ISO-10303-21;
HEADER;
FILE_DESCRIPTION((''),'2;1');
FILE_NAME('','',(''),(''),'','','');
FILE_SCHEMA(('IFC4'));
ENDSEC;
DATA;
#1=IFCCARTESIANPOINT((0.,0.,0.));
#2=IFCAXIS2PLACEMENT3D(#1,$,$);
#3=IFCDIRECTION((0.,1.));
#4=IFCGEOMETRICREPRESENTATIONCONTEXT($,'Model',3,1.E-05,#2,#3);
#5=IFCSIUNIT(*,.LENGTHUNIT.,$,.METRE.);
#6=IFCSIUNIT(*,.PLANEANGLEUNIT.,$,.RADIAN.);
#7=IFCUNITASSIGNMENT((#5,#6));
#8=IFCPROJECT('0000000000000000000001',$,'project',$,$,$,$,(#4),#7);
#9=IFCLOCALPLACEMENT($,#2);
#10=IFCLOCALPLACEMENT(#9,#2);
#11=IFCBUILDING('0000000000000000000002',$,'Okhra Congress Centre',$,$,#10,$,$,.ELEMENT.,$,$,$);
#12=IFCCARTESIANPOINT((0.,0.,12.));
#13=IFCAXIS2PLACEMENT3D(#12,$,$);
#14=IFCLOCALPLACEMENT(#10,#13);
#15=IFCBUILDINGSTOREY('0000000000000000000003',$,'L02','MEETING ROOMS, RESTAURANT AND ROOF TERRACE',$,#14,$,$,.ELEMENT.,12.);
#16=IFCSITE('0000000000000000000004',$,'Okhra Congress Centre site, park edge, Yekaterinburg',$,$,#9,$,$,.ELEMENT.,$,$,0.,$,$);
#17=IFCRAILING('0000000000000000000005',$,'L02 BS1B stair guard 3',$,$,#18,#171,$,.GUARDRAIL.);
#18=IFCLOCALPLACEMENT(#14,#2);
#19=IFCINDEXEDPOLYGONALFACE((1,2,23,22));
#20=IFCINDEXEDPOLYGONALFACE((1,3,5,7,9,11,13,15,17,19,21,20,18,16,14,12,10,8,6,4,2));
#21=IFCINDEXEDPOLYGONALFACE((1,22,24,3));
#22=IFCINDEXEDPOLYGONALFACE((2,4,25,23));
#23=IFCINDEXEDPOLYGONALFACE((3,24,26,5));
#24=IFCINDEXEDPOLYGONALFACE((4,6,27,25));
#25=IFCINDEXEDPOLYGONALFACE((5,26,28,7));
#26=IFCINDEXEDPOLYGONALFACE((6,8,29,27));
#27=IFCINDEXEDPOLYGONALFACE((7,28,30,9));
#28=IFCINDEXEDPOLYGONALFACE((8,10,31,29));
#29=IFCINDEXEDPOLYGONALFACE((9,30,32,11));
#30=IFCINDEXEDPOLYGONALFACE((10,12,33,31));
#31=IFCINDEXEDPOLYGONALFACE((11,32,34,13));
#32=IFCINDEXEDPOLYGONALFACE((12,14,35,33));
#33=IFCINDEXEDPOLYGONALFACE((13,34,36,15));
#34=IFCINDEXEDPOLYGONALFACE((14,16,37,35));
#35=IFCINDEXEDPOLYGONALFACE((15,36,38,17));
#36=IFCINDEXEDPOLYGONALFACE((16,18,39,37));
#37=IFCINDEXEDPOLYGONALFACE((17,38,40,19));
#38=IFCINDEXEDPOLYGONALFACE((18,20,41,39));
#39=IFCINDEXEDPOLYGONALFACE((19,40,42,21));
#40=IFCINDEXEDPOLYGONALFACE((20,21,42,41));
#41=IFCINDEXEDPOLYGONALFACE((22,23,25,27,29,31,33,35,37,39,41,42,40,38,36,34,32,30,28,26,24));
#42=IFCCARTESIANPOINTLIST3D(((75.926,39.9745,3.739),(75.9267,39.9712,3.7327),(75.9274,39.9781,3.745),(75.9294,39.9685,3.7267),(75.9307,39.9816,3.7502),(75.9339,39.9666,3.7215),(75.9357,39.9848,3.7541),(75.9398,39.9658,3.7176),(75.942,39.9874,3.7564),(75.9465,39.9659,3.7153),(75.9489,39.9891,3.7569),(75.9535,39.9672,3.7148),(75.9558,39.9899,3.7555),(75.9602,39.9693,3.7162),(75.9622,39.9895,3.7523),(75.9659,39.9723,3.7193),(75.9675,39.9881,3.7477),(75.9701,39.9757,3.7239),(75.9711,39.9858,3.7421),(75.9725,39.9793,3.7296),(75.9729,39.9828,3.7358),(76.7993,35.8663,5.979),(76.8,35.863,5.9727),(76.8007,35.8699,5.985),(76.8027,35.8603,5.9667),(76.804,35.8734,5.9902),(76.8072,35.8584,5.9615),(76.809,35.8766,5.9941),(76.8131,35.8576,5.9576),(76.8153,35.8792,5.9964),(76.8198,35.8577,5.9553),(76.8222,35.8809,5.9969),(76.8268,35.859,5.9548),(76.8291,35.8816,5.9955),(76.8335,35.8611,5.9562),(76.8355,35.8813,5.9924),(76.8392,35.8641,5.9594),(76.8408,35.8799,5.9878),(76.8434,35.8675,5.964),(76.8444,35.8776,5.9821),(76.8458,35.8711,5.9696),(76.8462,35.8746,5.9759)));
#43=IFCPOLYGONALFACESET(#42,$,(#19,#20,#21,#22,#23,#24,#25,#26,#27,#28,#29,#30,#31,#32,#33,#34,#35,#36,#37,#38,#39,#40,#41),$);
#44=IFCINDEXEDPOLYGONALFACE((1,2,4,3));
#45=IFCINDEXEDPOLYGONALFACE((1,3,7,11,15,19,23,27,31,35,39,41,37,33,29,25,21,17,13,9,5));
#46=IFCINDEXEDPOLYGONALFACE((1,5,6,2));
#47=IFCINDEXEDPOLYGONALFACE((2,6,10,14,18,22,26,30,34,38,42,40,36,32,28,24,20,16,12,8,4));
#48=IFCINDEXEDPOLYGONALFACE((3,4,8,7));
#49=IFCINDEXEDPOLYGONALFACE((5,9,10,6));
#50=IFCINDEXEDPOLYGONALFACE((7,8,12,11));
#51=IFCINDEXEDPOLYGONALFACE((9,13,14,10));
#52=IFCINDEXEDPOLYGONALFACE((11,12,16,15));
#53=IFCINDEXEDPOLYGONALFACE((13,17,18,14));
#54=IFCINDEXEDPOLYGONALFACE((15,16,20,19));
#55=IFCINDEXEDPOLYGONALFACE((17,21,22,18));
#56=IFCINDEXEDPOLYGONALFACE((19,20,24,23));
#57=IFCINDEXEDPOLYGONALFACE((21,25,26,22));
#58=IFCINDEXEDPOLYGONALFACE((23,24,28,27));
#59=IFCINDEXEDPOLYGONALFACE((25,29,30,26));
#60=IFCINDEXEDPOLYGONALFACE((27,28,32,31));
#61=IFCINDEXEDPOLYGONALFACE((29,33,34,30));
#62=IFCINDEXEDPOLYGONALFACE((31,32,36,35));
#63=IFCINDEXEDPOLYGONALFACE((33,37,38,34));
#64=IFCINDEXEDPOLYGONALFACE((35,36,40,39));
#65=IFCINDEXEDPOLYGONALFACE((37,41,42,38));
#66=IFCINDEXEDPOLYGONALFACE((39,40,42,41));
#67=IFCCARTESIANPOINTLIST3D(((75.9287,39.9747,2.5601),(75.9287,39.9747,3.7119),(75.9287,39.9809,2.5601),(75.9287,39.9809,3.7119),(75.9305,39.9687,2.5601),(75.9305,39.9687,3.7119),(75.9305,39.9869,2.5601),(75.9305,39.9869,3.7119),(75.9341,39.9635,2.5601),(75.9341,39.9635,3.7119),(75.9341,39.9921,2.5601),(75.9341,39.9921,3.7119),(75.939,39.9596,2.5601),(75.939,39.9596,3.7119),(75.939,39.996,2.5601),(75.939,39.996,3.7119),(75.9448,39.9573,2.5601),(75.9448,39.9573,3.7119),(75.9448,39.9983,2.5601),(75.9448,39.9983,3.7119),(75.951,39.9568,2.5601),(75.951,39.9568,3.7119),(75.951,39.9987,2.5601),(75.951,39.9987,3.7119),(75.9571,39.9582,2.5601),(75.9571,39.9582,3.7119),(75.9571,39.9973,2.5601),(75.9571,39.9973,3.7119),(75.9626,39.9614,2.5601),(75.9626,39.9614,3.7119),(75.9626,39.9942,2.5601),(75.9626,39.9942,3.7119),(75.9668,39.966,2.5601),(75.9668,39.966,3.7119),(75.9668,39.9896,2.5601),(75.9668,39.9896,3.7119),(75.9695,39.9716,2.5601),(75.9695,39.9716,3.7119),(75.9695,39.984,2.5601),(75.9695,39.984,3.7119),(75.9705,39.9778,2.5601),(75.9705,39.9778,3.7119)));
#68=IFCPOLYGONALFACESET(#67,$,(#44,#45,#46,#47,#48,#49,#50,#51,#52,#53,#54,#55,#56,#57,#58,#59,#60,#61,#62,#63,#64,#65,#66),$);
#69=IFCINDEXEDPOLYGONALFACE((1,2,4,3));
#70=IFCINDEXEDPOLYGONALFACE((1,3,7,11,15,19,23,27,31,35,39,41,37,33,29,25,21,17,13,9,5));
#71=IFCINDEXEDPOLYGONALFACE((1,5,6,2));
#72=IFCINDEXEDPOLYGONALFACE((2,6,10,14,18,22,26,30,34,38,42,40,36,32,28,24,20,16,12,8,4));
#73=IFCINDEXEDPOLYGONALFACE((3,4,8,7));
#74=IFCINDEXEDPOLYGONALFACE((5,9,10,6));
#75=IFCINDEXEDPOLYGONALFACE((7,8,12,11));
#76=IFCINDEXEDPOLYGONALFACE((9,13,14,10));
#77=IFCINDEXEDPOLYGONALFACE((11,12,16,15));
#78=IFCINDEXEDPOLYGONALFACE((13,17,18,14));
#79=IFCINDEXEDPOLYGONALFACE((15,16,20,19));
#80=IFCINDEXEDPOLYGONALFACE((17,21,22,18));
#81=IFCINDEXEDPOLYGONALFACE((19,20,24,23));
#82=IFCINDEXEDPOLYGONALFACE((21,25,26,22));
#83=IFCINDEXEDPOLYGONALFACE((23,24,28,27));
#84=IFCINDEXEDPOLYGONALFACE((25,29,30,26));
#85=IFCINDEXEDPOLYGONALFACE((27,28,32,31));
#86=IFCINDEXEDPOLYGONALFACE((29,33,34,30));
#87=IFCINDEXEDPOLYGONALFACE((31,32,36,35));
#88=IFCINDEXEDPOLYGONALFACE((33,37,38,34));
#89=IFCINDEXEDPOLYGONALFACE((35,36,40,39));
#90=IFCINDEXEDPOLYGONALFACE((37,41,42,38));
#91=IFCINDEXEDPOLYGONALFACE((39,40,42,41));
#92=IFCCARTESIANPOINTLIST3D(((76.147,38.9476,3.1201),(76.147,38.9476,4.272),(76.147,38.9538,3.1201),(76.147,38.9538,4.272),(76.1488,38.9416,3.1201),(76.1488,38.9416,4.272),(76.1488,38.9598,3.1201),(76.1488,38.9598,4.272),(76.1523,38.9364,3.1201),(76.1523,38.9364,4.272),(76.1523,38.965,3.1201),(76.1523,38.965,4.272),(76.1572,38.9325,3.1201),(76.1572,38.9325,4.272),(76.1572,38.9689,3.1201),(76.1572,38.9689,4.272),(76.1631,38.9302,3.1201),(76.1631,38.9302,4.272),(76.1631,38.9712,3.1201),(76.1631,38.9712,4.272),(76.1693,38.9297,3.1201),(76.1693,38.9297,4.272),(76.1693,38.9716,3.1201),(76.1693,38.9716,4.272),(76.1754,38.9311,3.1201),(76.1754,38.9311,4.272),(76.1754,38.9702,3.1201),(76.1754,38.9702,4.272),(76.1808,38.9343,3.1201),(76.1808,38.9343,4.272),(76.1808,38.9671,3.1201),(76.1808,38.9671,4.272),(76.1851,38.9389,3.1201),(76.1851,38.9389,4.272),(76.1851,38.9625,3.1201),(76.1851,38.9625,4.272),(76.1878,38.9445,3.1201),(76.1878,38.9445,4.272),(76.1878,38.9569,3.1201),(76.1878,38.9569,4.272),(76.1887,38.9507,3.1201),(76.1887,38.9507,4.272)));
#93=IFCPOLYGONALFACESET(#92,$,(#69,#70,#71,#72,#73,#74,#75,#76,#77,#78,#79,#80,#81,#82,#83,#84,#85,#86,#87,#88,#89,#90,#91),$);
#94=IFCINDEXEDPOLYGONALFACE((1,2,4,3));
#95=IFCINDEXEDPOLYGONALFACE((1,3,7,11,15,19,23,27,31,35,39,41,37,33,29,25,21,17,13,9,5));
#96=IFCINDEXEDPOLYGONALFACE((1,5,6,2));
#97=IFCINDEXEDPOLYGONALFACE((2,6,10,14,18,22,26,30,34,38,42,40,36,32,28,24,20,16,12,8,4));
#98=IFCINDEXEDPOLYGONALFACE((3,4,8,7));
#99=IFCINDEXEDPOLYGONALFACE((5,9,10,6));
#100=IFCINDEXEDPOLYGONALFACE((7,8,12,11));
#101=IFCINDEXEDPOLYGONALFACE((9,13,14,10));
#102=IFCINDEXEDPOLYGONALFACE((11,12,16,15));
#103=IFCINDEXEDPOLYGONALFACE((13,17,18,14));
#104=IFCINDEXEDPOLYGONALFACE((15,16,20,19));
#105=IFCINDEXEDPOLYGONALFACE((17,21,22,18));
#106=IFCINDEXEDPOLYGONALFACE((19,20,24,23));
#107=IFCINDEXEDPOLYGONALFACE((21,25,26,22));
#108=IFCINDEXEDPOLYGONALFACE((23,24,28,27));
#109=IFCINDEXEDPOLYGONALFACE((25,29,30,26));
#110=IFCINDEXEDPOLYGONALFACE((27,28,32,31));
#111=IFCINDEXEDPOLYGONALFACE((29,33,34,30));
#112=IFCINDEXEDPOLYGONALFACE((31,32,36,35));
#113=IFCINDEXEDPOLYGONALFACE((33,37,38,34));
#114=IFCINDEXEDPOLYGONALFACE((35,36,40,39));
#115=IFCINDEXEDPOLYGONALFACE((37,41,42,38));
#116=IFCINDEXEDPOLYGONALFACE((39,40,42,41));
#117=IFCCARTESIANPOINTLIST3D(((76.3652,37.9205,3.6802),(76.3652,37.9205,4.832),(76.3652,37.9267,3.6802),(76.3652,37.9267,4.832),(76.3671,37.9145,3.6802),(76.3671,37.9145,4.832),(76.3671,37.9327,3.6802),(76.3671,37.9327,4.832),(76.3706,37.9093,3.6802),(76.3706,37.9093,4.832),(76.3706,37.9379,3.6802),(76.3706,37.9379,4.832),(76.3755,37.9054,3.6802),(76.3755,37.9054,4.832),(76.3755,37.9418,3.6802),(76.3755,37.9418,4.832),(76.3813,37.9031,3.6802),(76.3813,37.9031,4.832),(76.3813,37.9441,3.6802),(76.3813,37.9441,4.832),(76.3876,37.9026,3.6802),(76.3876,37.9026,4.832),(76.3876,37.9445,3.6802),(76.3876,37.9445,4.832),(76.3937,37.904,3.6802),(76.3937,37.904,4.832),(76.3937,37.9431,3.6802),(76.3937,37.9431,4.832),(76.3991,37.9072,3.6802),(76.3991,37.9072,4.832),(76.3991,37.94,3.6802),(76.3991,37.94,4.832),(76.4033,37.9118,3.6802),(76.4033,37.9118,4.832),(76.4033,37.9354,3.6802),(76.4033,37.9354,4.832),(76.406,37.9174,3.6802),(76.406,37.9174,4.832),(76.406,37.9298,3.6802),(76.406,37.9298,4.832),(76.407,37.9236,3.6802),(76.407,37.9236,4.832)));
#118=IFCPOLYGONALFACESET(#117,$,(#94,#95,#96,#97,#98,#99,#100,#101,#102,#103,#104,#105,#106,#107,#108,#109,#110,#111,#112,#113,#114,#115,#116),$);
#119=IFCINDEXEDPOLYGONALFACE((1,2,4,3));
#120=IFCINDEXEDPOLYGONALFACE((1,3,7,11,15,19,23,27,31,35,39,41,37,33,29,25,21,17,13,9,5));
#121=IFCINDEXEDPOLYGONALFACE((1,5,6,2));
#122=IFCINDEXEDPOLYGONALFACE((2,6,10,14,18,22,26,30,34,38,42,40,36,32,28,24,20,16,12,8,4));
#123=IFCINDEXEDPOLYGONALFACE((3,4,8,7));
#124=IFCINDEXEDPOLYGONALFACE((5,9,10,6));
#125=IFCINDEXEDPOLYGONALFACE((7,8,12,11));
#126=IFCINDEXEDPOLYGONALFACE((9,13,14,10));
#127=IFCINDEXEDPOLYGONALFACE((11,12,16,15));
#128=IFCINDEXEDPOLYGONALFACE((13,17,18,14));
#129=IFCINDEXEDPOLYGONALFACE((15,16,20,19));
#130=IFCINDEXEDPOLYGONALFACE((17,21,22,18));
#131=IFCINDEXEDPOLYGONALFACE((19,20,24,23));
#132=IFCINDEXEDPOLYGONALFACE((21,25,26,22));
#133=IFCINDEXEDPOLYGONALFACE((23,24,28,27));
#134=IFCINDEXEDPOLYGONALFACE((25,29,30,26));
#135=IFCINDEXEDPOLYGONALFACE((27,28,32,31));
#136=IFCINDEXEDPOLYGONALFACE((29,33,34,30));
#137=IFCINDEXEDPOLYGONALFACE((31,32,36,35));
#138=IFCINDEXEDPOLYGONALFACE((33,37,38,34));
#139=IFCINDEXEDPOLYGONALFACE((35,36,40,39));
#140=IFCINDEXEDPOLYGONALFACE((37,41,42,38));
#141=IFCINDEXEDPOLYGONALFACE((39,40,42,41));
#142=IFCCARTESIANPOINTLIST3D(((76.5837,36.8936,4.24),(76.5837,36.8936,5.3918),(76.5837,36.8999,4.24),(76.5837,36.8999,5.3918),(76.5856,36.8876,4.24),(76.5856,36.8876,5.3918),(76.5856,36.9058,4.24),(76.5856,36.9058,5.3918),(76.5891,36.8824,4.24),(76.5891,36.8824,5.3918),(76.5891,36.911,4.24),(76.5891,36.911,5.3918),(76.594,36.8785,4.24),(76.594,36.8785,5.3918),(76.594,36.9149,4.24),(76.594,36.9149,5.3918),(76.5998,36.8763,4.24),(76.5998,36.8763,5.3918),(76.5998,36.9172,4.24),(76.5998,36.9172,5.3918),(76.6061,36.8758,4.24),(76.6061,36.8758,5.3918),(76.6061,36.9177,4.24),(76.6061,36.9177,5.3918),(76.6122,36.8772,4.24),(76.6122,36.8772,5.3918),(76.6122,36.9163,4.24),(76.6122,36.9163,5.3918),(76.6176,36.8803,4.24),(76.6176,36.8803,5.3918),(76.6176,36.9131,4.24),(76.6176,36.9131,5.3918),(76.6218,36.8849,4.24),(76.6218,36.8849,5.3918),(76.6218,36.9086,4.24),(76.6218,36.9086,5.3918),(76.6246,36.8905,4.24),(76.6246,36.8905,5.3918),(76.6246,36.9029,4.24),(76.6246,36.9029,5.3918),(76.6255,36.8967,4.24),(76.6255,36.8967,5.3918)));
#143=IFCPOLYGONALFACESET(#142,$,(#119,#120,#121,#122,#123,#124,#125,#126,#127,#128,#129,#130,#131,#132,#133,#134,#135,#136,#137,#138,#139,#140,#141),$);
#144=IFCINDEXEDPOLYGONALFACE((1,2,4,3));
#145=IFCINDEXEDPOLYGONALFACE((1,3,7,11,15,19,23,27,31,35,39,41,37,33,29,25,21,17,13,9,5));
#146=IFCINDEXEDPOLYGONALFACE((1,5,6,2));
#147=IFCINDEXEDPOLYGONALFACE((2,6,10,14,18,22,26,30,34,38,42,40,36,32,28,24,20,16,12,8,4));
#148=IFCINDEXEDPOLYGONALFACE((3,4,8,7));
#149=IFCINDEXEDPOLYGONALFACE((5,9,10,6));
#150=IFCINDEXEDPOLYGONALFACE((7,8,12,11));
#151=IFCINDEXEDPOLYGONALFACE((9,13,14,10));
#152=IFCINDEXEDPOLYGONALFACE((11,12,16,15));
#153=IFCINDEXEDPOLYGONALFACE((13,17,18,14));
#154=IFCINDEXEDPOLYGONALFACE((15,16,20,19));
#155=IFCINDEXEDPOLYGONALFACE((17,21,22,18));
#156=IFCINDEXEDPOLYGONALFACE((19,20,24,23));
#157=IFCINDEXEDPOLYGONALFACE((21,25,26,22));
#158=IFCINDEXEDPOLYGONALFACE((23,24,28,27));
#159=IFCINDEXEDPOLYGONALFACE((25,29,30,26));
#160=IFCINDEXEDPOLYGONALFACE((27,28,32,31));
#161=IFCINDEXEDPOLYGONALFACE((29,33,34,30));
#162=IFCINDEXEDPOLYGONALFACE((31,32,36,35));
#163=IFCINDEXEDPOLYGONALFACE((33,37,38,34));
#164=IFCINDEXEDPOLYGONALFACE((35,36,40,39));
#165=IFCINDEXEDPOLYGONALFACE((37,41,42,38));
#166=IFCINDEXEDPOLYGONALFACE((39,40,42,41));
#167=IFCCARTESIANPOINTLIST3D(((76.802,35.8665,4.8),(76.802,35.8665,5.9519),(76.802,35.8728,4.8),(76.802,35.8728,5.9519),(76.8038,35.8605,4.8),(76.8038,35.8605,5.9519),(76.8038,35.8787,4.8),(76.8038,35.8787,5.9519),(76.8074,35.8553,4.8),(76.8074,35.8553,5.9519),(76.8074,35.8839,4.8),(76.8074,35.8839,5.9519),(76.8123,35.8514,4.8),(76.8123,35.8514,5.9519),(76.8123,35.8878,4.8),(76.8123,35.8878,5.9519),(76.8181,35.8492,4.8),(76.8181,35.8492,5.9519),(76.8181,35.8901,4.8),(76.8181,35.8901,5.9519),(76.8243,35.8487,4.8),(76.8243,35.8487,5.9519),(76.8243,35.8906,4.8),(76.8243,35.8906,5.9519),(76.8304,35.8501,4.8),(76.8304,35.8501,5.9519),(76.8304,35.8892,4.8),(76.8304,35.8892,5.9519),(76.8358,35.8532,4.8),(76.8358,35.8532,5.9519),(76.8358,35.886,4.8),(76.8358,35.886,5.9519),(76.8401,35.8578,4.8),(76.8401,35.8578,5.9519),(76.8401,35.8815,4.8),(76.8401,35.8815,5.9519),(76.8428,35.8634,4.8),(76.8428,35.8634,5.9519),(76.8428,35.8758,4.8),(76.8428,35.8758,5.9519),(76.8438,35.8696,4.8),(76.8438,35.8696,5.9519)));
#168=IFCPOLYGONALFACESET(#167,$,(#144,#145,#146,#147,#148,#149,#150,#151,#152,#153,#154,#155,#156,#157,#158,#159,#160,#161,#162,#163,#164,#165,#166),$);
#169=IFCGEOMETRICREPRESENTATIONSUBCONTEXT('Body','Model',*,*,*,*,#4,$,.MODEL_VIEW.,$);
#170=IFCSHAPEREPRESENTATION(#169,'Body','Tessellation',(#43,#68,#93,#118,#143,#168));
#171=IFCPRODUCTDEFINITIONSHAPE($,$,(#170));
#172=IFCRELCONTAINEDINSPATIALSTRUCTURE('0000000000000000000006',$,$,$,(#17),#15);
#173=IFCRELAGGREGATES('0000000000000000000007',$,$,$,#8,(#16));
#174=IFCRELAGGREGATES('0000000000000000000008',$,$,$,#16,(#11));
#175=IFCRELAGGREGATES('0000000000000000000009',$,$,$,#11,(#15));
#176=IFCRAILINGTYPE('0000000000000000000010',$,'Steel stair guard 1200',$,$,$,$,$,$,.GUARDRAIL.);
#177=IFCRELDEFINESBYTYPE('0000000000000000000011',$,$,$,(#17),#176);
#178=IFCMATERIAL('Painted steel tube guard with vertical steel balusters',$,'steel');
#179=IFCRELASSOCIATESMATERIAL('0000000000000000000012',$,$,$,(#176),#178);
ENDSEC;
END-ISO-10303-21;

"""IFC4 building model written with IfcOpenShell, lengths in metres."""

from ifc_helpers import new_model, si_unit, direction, frame, origin, origin_2d, place, context, subcontext, project, spatial, circle, extrude, material, type_object, element, save


model = new_model("IFC4")

# Units and contexts
model_context = context("Model", 3, precision=1e-05, world=origin(), true_north=direction((0.0, 1.0)))
body_context = subcontext(model_context, "Body", "Model", "MODEL_VIEW")
ifc_project = project(units=[si_unit("LENGTHUNIT", "METRE"), si_unit("PLANEANGLEUNIT", "RADIAN")], contexts=[model_context])

# Site, building, storey
site_placement = place(None, origin())
site = spatial("IfcSite", under=ifc_project, at=site_placement, Name="Okhra Congress Centre site, park edge, Yekaterinburg", CompositionType="ELEMENT", RefElevation=0.0)
building_placement = place(site_placement, origin())
building = spatial("IfcBuilding", under=site, at=building_placement, Name="Okhra Congress Centre", CompositionType="ELEMENT")
storey_placement = place(building_placement, frame((0.0, 0.0, 12.0)))
storey = spatial("IfcBuildingStorey", under=building, at=storey_placement, Name="L02", Description="MEETING ROOMS, RESTAURANT AND ROOF TERRACE", CompositionType="ELEMENT", Elevation=12.0)

# Railing
ifc_material_1 = material(Name="Painted steel tube guard with vertical steel balusters", Category="steel")
railing_type_1 = type_object("IfcRailingType", Name="Steel stair guard 1200", PredefinedType="GUARDRAIL", material=ifc_material_1)
railing_1_placement = place(storey_placement, frame((75.9495, 39.9778, 2.5601)))
element("IfcRailing", 1, at=railing_1_placement, inside=storey, type_object=railing_type_1, Name="L02 BS1B stair guard 3", PredefinedType="GUARDRAIL", context=body_context, shape_type="SweptSolid", body=[
    extrude(circle(Radius=0.0239, at=origin_2d()), frame((0.0, 0.0, 1.1758), z_axis=(0.183466, -0.863067, 0.470591), x_axis=(0.978144, 0.207929, 0.0)), (0.0, 0.0, 1.0), 4.76),
    extrude(circle(Radius=0.021, at=origin_2d()), origin(), (0.0, 0.0, 1.0), 1.1519),
    extrude(circle(Radius=0.021, at=origin_2d()), frame((0.2183, -1.0271, 0.5601)), (0.0, 0.0, 1.0), 1.1519),
    extrude(circle(Radius=0.021, at=origin_2d()), frame((0.4365, -2.0542, 1.1201)), (0.0, 0.0, 1.0), 1.1519),
    extrude(circle(Radius=0.021, at=origin_2d()), frame((0.655, -3.0811, 1.6799)), (0.0, 0.0, 1.0), 1.1519),
    extrude(circle(Radius=0.021, at=origin_2d()), frame((0.8733, -4.1082, 2.24)), (0.0, 0.0, 1.0), 1.1519),
])

save(model, "model.ifc")
